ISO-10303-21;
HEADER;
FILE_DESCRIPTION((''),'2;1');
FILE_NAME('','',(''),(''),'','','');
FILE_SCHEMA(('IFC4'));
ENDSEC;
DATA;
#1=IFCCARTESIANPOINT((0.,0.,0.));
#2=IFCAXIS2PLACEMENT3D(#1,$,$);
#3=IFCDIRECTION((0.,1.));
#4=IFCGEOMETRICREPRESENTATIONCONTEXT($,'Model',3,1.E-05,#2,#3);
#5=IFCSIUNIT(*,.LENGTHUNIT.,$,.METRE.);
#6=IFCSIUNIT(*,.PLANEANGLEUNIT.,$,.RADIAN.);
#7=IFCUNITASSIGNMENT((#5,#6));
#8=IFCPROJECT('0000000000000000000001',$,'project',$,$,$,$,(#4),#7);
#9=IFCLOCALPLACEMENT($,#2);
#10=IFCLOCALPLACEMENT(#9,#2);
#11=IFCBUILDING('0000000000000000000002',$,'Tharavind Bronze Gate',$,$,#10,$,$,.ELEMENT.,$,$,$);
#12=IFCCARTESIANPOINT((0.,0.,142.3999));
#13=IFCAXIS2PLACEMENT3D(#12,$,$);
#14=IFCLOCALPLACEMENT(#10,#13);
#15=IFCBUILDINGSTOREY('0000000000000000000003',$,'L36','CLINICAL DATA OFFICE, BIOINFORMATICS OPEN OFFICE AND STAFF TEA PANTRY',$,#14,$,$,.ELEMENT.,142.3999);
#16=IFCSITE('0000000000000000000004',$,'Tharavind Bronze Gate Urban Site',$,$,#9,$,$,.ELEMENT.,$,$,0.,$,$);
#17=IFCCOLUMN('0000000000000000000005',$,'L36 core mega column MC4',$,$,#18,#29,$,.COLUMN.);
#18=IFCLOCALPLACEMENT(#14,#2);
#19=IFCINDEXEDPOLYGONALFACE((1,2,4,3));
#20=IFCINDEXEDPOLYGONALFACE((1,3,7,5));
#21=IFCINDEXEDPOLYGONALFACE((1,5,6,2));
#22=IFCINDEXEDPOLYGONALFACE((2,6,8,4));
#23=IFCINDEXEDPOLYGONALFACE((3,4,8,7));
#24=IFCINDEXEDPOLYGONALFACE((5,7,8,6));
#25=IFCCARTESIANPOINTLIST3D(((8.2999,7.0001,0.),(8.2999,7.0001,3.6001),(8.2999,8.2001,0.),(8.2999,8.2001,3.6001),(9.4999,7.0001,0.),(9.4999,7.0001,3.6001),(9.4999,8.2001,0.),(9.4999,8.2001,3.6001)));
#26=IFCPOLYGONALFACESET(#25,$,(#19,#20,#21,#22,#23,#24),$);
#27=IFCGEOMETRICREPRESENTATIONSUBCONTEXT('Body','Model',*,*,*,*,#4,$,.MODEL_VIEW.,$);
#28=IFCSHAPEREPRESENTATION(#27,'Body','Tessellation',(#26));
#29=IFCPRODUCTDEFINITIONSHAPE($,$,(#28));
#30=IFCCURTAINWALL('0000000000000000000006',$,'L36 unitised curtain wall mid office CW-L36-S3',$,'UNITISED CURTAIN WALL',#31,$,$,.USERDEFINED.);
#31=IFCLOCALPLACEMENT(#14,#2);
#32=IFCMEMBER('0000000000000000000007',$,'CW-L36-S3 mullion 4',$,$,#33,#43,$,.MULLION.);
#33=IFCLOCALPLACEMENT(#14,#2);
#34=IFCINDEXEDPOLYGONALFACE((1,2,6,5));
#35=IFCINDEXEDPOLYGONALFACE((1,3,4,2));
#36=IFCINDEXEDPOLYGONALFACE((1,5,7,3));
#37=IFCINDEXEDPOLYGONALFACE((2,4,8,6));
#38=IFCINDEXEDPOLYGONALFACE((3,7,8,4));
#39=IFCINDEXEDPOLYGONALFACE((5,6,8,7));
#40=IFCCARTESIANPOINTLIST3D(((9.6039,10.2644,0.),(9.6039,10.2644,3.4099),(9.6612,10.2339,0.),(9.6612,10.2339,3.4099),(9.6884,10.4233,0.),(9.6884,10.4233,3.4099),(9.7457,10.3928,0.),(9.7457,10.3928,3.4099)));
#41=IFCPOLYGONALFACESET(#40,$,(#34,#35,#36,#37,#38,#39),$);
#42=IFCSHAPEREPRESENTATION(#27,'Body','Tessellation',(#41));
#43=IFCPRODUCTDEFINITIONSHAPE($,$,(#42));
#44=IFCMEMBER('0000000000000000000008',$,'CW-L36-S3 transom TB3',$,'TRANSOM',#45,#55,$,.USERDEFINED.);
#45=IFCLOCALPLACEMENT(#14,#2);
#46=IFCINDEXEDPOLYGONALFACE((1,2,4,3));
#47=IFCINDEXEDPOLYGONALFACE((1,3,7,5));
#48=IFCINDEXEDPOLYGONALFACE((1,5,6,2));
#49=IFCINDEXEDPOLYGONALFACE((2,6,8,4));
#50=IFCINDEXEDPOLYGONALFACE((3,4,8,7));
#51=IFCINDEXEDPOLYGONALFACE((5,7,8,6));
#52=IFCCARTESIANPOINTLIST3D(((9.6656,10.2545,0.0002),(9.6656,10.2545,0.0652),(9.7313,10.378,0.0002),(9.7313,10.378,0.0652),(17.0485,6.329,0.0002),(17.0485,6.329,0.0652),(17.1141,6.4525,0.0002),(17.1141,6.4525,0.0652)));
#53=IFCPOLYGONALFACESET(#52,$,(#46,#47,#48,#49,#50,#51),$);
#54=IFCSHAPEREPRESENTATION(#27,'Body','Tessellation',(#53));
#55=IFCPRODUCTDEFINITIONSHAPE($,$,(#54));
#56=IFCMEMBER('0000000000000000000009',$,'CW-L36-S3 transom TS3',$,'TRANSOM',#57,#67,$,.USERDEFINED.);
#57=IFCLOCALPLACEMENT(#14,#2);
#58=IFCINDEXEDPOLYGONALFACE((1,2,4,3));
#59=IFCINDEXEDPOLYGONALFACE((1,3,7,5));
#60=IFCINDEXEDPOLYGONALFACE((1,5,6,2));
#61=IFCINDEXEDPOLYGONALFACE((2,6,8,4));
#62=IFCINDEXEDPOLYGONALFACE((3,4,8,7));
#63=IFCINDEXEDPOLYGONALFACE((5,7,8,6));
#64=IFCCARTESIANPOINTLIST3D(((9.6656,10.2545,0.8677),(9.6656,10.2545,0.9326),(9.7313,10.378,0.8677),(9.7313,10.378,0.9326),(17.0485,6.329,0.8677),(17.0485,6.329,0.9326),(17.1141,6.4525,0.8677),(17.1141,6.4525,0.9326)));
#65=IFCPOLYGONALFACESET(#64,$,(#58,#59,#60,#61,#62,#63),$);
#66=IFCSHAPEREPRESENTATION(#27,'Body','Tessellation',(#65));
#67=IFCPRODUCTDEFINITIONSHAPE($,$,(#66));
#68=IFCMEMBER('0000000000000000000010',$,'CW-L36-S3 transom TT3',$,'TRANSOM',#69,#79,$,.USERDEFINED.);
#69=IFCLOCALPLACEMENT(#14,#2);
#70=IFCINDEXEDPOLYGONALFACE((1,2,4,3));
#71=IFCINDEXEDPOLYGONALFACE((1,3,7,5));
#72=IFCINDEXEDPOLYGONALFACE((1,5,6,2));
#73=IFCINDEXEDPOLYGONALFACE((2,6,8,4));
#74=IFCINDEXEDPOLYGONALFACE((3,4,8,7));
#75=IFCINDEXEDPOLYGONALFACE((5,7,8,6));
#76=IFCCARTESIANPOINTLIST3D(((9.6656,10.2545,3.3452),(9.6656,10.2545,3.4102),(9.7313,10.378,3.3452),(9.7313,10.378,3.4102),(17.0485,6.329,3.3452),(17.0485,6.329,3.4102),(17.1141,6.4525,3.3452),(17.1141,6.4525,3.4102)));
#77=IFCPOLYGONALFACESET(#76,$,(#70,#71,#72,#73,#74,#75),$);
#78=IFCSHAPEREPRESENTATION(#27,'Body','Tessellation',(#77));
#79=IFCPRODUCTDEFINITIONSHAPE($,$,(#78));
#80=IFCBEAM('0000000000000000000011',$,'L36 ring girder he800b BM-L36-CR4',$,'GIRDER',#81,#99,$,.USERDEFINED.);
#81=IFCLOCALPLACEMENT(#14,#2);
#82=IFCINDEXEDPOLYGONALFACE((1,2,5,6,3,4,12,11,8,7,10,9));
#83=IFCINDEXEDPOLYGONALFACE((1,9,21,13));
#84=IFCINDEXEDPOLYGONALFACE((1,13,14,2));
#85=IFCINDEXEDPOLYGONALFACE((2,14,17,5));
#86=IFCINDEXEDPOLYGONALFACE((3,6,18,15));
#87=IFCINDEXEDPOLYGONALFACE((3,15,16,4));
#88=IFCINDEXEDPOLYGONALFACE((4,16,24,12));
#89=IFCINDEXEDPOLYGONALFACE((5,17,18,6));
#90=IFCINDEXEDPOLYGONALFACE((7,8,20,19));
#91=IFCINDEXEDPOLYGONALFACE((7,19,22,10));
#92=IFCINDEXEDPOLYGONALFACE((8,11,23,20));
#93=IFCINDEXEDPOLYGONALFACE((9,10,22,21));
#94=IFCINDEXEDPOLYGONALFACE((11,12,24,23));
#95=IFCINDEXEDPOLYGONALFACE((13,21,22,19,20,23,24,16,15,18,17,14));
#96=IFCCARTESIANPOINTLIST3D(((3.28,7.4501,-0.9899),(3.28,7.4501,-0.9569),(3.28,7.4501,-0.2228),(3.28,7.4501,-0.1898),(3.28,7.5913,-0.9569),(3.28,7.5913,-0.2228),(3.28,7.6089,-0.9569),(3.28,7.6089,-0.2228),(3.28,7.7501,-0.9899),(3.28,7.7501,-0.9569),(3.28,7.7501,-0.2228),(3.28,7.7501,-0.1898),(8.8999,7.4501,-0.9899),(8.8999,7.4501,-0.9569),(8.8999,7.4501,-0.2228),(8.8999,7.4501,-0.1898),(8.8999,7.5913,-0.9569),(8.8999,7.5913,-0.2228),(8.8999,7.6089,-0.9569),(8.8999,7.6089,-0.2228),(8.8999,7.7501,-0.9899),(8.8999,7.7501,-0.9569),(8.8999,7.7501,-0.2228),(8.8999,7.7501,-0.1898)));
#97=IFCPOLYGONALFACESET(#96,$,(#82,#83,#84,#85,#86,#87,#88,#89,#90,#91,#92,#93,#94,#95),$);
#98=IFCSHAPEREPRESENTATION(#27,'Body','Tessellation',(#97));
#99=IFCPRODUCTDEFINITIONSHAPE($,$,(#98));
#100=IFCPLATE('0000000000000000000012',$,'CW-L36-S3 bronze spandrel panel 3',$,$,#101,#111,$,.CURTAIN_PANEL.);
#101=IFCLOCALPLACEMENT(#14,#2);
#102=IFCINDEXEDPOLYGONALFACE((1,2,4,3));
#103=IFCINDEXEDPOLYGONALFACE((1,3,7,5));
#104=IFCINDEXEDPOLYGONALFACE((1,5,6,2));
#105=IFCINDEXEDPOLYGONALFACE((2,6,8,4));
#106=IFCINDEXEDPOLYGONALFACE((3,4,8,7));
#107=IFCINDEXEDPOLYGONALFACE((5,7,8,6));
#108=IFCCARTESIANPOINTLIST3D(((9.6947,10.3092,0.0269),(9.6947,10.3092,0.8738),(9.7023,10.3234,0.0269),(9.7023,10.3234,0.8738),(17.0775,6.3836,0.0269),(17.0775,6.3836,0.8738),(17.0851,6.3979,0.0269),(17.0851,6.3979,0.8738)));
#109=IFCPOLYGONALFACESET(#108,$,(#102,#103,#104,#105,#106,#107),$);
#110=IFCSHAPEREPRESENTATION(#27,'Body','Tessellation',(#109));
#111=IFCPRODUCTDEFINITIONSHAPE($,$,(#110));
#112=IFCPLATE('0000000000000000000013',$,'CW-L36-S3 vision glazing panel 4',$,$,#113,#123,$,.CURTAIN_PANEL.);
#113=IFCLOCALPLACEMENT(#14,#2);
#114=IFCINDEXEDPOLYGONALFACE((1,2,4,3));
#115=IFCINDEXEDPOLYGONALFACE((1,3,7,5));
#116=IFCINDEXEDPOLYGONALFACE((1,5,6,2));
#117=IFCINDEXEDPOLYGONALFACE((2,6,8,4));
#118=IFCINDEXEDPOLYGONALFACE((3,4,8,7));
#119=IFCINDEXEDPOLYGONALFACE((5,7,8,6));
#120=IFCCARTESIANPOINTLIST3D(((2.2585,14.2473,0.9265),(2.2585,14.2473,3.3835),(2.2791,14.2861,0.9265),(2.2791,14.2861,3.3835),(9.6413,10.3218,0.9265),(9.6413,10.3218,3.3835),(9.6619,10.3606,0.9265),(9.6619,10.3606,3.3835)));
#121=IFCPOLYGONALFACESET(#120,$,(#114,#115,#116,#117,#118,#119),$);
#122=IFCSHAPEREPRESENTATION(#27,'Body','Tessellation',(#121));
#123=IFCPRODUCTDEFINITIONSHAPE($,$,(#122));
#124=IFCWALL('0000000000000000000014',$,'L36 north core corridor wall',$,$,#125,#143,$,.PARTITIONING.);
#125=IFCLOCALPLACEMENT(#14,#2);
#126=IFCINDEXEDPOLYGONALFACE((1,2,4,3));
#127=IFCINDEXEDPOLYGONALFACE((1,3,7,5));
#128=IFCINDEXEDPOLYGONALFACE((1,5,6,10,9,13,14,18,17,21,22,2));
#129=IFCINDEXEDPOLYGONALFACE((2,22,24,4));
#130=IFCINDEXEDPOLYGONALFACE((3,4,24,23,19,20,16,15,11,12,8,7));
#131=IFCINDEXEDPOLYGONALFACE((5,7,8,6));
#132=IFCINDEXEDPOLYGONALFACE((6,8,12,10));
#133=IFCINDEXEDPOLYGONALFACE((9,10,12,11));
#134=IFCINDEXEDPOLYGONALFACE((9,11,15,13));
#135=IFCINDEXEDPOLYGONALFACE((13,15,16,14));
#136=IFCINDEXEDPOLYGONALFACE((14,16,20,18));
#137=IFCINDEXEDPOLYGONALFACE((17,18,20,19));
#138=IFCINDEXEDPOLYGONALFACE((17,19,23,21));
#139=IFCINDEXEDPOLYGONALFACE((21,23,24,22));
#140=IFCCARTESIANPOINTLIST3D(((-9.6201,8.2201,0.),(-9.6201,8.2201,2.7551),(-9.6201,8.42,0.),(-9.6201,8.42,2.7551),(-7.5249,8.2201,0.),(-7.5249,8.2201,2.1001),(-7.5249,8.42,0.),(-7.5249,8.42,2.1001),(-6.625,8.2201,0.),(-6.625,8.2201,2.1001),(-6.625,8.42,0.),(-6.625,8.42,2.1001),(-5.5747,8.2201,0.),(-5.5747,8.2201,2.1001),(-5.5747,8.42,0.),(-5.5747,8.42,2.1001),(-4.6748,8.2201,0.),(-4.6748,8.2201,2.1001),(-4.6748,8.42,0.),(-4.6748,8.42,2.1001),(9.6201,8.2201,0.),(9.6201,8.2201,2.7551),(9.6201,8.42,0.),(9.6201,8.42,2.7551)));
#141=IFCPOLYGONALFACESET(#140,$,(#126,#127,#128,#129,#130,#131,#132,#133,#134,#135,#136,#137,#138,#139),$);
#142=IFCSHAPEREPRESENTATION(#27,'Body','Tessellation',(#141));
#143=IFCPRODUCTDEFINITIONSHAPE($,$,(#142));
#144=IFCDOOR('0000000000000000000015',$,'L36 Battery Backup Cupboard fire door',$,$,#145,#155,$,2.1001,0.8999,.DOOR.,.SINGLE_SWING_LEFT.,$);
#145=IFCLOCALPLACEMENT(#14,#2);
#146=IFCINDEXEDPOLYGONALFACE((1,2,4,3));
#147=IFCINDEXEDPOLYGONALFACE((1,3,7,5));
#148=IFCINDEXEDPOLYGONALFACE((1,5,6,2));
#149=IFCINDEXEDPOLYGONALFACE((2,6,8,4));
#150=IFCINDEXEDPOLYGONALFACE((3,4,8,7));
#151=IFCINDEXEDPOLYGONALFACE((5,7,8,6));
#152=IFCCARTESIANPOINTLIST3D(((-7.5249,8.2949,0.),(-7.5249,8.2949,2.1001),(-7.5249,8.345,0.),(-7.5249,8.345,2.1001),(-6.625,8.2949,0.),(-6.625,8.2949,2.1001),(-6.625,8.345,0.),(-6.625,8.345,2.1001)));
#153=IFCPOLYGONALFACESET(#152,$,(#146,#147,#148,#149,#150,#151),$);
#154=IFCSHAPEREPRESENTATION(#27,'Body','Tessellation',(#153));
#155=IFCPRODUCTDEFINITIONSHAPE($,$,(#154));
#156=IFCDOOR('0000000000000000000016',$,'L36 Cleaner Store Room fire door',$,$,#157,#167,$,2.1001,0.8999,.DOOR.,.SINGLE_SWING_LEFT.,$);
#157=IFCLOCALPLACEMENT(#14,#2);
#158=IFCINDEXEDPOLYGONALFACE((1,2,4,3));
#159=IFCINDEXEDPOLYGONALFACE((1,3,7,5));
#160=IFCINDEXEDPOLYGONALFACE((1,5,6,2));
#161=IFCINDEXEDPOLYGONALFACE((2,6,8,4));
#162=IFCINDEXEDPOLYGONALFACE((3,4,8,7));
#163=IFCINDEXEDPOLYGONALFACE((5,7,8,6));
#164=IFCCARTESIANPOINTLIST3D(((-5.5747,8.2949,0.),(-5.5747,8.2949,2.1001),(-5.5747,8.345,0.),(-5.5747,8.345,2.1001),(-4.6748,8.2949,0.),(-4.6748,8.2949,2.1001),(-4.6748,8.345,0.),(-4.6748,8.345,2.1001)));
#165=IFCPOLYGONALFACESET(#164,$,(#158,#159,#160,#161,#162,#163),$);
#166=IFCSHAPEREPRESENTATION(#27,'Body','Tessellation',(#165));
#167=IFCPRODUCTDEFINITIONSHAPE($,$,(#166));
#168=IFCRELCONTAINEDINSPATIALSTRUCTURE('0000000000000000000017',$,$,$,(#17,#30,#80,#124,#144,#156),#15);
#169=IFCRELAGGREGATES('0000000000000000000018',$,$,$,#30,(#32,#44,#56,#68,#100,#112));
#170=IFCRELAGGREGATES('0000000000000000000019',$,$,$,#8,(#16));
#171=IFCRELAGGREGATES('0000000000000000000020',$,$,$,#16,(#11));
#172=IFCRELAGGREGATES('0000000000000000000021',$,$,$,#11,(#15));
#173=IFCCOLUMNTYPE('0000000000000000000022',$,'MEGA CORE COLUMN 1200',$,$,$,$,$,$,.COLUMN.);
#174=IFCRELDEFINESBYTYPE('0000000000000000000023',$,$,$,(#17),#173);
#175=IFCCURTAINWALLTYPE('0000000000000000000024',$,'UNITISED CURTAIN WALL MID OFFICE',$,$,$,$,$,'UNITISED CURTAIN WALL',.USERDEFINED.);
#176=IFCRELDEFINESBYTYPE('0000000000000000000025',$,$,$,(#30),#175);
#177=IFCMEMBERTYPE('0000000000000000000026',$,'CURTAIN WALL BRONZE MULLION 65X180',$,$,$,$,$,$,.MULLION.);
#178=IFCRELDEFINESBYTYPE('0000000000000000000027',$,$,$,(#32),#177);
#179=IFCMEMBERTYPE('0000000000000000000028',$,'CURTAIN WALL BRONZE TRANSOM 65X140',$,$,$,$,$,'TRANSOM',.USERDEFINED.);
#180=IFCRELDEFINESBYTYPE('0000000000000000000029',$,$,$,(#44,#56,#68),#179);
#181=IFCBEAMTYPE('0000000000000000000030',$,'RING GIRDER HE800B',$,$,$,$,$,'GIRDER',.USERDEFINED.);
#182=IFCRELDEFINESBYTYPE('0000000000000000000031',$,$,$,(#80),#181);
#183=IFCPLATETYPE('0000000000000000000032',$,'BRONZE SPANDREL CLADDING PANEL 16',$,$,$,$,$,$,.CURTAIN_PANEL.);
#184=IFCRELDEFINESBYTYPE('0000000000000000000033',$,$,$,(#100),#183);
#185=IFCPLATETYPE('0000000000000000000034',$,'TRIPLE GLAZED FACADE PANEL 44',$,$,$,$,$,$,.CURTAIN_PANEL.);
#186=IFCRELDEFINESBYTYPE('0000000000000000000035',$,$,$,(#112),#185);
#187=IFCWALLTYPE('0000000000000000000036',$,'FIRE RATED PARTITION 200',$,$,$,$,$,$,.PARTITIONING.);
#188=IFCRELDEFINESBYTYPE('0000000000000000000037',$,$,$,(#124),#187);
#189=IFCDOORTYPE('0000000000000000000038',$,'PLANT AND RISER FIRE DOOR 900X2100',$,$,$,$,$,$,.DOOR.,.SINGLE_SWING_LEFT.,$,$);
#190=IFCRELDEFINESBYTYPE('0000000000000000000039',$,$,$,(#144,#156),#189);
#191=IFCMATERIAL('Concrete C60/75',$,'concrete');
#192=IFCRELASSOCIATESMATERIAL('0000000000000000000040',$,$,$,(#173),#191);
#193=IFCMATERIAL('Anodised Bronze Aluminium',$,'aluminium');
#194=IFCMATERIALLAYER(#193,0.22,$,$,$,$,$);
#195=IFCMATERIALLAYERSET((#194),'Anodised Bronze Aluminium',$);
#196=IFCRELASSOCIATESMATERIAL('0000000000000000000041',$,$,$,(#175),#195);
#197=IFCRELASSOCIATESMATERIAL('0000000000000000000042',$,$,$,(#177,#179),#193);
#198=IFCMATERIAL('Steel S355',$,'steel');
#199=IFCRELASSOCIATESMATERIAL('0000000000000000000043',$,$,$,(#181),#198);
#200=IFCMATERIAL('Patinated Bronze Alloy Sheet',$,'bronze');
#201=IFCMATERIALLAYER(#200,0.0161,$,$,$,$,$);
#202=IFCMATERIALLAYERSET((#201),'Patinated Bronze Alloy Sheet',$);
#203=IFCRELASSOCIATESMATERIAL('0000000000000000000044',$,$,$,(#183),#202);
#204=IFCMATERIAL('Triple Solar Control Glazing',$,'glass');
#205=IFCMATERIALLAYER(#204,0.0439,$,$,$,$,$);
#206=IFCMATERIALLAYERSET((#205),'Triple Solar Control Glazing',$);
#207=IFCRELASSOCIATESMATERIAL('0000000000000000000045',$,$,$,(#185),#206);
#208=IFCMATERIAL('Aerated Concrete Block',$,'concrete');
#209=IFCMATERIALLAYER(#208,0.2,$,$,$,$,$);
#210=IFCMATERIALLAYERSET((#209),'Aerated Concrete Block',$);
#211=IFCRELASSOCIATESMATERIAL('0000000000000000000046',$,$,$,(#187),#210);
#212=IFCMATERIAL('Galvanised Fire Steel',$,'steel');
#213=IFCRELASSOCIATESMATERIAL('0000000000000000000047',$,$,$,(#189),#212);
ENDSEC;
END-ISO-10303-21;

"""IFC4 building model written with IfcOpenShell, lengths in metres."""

from ifc_helpers import new_model, si_unit, direction, frame, frame_2d, origin, origin_2d, place, context, subcontext, project, spatial, rectangle, i_section, extrude, material, layer, layer_set, material_profile, profile_set, type_object, element, fill, aggregate, save


model = new_model("IFC4")

# Units and contexts
model_context = context("Model", 3, precision=1e-05, world=origin(), true_north=direction((0.0, 1.0)))
body_context = subcontext(model_context, "Body", "Model", "MODEL_VIEW")
ifc_project = project(units=[si_unit("LENGTHUNIT", "METRE"), si_unit("PLANEANGLEUNIT", "RADIAN")], contexts=[model_context])

# Site, building, storey
site_placement = place(None, origin())
site = spatial("IfcSite", under=ifc_project, at=site_placement, Name="Tharavind Bronze Gate Urban Site", CompositionType="ELEMENT", RefElevation=0.0)
building_placement = place(site_placement, origin())
building = spatial("IfcBuilding", under=site, at=building_placement, Name="Tharavind Bronze Gate", CompositionType="ELEMENT")
storey_placement = place(building_placement, frame((0.0, 0.0, 142.3999)))
storey = spatial("IfcBuildingStorey", under=building, at=storey_placement, Name="L36", Description="CLINICAL DATA OFFICE, BIOINFORMATICS OPEN OFFICE AND STAFF TEA PANTRY", CompositionType="ELEMENT", Elevation=142.3999)

# Column
ifc_material_1 = material(Name="Concrete C60/75", Category="concrete")
ifc_material_profile_1 = material_profile(ifc_material_1, rectangle(XDim=1.2, YDim=1.2, at=origin_2d()), Name="RCCOL1200")
ifc_profile_set_1 = profile_set([ifc_material_profile_1], Name="Concrete C60/75")
column_type = type_object("IfcColumnType", Name="MEGA CORE COLUMN 1200", PredefinedType="COLUMN", material=ifc_profile_set_1)
column_placement = place(storey_placement, frame((8.8999, 7.6001, 0.0), z_axis=(0.0, 0.0, 1.0), x_axis=(1.0, 0.0, 0.0)))
element("IfcColumn", 1, at=column_placement, inside=storey, type_object=column_type, Name="L36 core mega column MC4", PredefinedType="COLUMN", context=body_context, shape_type="SweptSolid", body=[
    extrude(rectangle(XDim=1.2, YDim=1.2, at=origin_2d()), origin(), (0.0, 0.0, 1.0), 3.6001),
])

# Curtain wall, members
ifc_material_2 = material(Name="Anodised Bronze Aluminium", Category="aluminium")
ifc_layer_1 = layer(ifc_material_2, 0.22)
ifc_layer_set_1 = layer_set([ifc_layer_1], Name="Anodised Bronze Aluminium")
curtain_wall_type = type_object("IfcCurtainWallType", Name="UNITISED CURTAIN WALL MID OFFICE", ElementType="UNITISED CURTAIN WALL", PredefinedType="USERDEFINED", material=ifc_layer_set_1)
curtain_wall_placement = place(storey_placement, origin())
curtain_wall = element("IfcCurtainWall", 2, at=curtain_wall_placement, inside=storey, type_object=curtain_wall_type, Name="L36 unitised curtain wall mid office CW-L36-S3", ObjectType="UNITISED CURTAIN WALL", PredefinedType="USERDEFINED")
member_type_1 = type_object("IfcMemberType", Name="CURTAIN WALL BRONZE MULLION 65X180", PredefinedType="MULLION", material=ifc_material_2)
member_1_placement = place(storey_placement, frame((9.6748, 10.3286, 0.0), z_axis=(0.0, 0.0, 1.0), x_axis=(-0.882948, 0.469472, 0.0)))
member_1 = element("IfcMember", 3, at=member_1_placement, type_object=member_type_1, Name="CW-L36-S3 mullion 4", PredefinedType="MULLION", context=body_context, shape_type="SweptSolid", body=[
    extrude(rectangle(XDim=0.0649, YDim=0.1799, at=origin_2d()), origin(), (0.0, 0.0, 1.0), 3.4099),
])
member_type_2 = type_object("IfcMemberType", Name="CURTAIN WALL BRONZE TRANSOM 65X140", ElementType="TRANSOM", PredefinedType="USERDEFINED", material=ifc_material_2)
member_2_placement = place(storey_placement, frame((13.3899, 8.3535, 0.0002), z_axis=(0.0, 0.0, 1.0), x_axis=(-0.882948, 0.469472, 0.0)))
member_2 = element("IfcMember", 4, at=member_2_placement, type_object=member_type_2, Name="CW-L36-S3 transom TB3", ObjectType="TRANSOM", PredefinedType="USERDEFINED", context=body_context, shape_type="SweptSolid", body=[
    extrude(rectangle(XDim=8.3616, YDim=0.1399, at=origin_2d()), origin(), (0.0, 0.0, 1.0), 0.0649),
])
member_3_placement = place(storey_placement, frame((13.3899, 8.3535, 0.8677), z_axis=(0.0, 0.0, 1.0), x_axis=(-0.882948, 0.469472, 0.0)))
member_3 = element("IfcMember", 5, at=member_3_placement, type_object=member_type_2, Name="CW-L36-S3 transom TS3", ObjectType="TRANSOM", PredefinedType="USERDEFINED", context=body_context, shape_type="SweptSolid", body=[
    extrude(rectangle(XDim=8.3616, YDim=0.1399, at=origin_2d()), origin(), (0.0, 0.0, 1.0), 0.0649),
])
member_4_placement = place(storey_placement, frame((13.3899, 8.3535, 3.3452), z_axis=(0.0, 0.0, 1.0), x_axis=(-0.882948, 0.469472, 0.0)))
member_4 = element("IfcMember", 6, at=member_4_placement, type_object=member_type_2, Name="CW-L36-S3 transom TT3", ObjectType="TRANSOM", PredefinedType="USERDEFINED", context=body_context, shape_type="SweptSolid", body=[
    extrude(rectangle(XDim=8.3616, YDim=0.1399, at=origin_2d()), origin(), (0.0, 0.0, 1.0), 0.0649),
])

# Beam
ifc_material_3 = material(Name="Steel S355", Category="steel")
ifc_material_profile_2 = material_profile(ifc_material_3, i_section(OverallWidth=0.3, OverallDepth=0.8, WebThickness=0.0176, FlangeThickness=0.033, at=origin_2d()), Name="HE800B")
ifc_profile_set_2 = profile_set([ifc_material_profile_2], Name="Steel S355")
beam_type = type_object("IfcBeamType", Name="RING GIRDER HE800B", ElementType="GIRDER", PredefinedType="USERDEFINED", material=ifc_profile_set_2)
beam_placement = place(storey_placement, frame((8.8999, 7.6001, -0.5898), z_axis=(-1.0, 0.0, 0.0), x_axis=(0.0, -1.0, 0.0)))
element("IfcBeam", 7, at=beam_placement, inside=storey, type_object=beam_type, Name="L36 ring girder he800b BM-L36-CR4", ObjectType="GIRDER", PredefinedType="USERDEFINED", context=body_context, shape_type="SweptSolid", body=[
    extrude(i_section(OverallWidth=0.3, OverallDepth=0.8, WebThickness=0.0176, FlangeThickness=0.033, at=origin_2d()), origin(), (0.0, 0.0, 1.0), 5.6199),
])

# Plates
ifc_material_4 = material(Name="Patinated Bronze Alloy Sheet", Category="bronze")
ifc_layer_2 = layer(ifc_material_4, 0.0161)
ifc_layer_set_2 = layer_set([ifc_layer_2], Name="Patinated Bronze Alloy Sheet")
plate_type_1 = type_object("IfcPlateType", Name="BRONZE SPANDREL CLADDING PANEL 16", PredefinedType="CURTAIN_PANEL", material=ifc_layer_set_2)
plate_1_placement = place(storey_placement, frame((13.3899, 8.3535, 0.0269), z_axis=(0.0, 0.0, 1.0), x_axis=(-0.882948, 0.469472, 0.0)))
plate_1 = element("IfcPlate", 8, at=plate_1_placement, type_object=plate_type_1, Name="CW-L36-S3 bronze spandrel panel 3", PredefinedType="CURTAIN_PANEL", context=body_context, shape_type="SweptSolid", body=[
    extrude(rectangle(XDim=8.3616, YDim=0.0161, at=origin_2d()), origin(), (0.0, 0.0, 1.0), 0.8469),
])
ifc_material_5 = material(Name="Triple Solar Control Glazing", Category="glass")
ifc_layer_3 = layer(ifc_material_5, 0.0439)
ifc_layer_set_3 = layer_set([ifc_layer_3], Name="Triple Solar Control Glazing")
plate_type_2 = type_object("IfcPlateType", Name="TRIPLE GLAZED FACADE PANEL 44", PredefinedType="CURTAIN_PANEL", material=ifc_layer_set_3)
plate_2_placement = place(storey_placement, frame((5.9602, 12.304, 0.9265), z_axis=(0.0, 0.0, 1.0), x_axis=(-0.882948, 0.469472, 0.0)))
plate_2 = element("IfcPlate", 9, at=plate_2_placement, type_object=plate_type_2, Name="CW-L36-S3 vision glazing panel 4", PredefinedType="CURTAIN_PANEL", context=body_context, shape_type="SweptSolid", body=[
    extrude(rectangle(XDim=8.3616, YDim=0.0439, at=origin_2d()), origin(), (0.0, 0.0, 1.0), 2.457),
])
aggregate(curtain_wall, [member_1, member_2, member_3, member_4, plate_1, plate_2])

# Wall, openings, doors
ifc_material_6 = material(Name="Aerated Concrete Block", Category="concrete")
ifc_layer_4 = layer(ifc_material_6, 0.2)
ifc_layer_set_4 = layer_set([ifc_layer_4], Name="Aerated Concrete Block")
wall_type = type_object("IfcWallType", Name="FIRE RATED PARTITION 200", PredefinedType="PARTITIONING", material=ifc_layer_set_4)
wall_1_placement = place(storey_placement, frame((9.6201, 8.3201, 0.0), z_axis=(0.0, 0.0, 1.0), x_axis=(-1.0, 0.0, 0.0)))
wall_1 = element("IfcWall", 10, at=wall_1_placement, inside=storey, type_object=wall_type, Name="L36 north core corridor wall", PredefinedType="PARTITIONING", context=body_context, shape_type="SweptSolid", body=[
    extrude(rectangle(XDim=19.2402, YDim=0.2, at=frame_2d((9.6201, 0.0))), origin(), (0.0, 0.0, 1.0), 2.7551),
])
opening_1_placement = place(wall_1_placement, frame((16.2451, 0.0, 0.0)))
opening_1 = element("IfcOpeningElement", 11, at=opening_1_placement, cuts=wall_1, PredefinedType="OPENING", context=body_context, shape_type="SweptSolid", body=[
    extrude(rectangle(XDim=0.8999, YDim=2.1001, at=frame_2d((0.45, 1.05))), frame((0.0, 0.1101, 0.0), z_axis=(0.0, -1.0, 0.0), x_axis=(1.0, 0.0, 0.0)), (0.0, 0.0, 1.0), 0.22),
])
opening_2_placement = place(wall_1_placement, frame((14.2949, 0.0, 0.0)))
opening_2 = element("IfcOpeningElement", 12, at=opening_2_placement, cuts=wall_1, PredefinedType="OPENING", context=body_context, shape_type="SweptSolid", body=[
    extrude(rectangle(XDim=0.8999, YDim=2.1001, at=frame_2d((0.45, 1.05))), frame((0.0, 0.1101, 0.0), z_axis=(0.0, -1.0, 0.0), x_axis=(1.0, 0.0, 0.0)), (0.0, 0.0, 1.0), 0.22),
])
ifc_material_7 = material(Name="Galvanised Fire Steel", Category="steel")
door_type_1 = type_object("IfcDoorType", Name="PLANT AND RISER FIRE DOOR 900X2100", OperationType="SINGLE_SWING_LEFT", PredefinedType="DOOR", material=ifc_material_7)
door_1_placement = place(opening_1_placement, frame((0.8999, 0.0, 0.0), z_axis=(0.0, 0.0, 1.0), x_axis=(-1.0, 0.0, 0.0)))
door_1 = element("IfcDoor", 13, at=door_1_placement, inside=storey, type_object=door_type_1, Name="L36 Battery Backup Cupboard fire door", OperationType="SINGLE_SWING_LEFT", OverallHeight=2.1001, OverallWidth=0.8999, PredefinedType="DOOR", context=body_context, shape_type="SweptSolid", body=[
    extrude(rectangle(XDim=0.8999, YDim=2.1001, at=frame_2d((0.45, 1.05))), frame((0.0, 0.0249, 0.0), z_axis=(0.0, -1.0, 0.0), x_axis=(1.0, 0.0, 0.0)), (0.0, 0.0, 1.0), 0.05),
])
fill(opening_1, door_1)
door_2_placement = place(opening_2_placement, frame((0.8999, 0.0, 0.0), z_axis=(0.0, 0.0, 1.0), x_axis=(-1.0, 0.0, 0.0)))
door_2 = element("IfcDoor", 14, at=door_2_placement, inside=storey, type_object=door_type_1, Name="L36 Cleaner Store Room fire door", OperationType="SINGLE_SWING_LEFT", OverallHeight=2.1001, OverallWidth=0.8999, PredefinedType="DOOR", context=body_context, shape_type="SweptSolid", body=[
    extrude(rectangle(XDim=0.8999, YDim=2.1001, at=frame_2d((0.45, 1.05))), frame((0.0, 0.0249, 0.0), z_axis=(0.0, -1.0, 0.0), x_axis=(1.0, 0.0, 0.0)), (0.0, 0.0, 1.0), 0.05),
])
fill(opening_2, door_2)

save(model, "model.ifc")
